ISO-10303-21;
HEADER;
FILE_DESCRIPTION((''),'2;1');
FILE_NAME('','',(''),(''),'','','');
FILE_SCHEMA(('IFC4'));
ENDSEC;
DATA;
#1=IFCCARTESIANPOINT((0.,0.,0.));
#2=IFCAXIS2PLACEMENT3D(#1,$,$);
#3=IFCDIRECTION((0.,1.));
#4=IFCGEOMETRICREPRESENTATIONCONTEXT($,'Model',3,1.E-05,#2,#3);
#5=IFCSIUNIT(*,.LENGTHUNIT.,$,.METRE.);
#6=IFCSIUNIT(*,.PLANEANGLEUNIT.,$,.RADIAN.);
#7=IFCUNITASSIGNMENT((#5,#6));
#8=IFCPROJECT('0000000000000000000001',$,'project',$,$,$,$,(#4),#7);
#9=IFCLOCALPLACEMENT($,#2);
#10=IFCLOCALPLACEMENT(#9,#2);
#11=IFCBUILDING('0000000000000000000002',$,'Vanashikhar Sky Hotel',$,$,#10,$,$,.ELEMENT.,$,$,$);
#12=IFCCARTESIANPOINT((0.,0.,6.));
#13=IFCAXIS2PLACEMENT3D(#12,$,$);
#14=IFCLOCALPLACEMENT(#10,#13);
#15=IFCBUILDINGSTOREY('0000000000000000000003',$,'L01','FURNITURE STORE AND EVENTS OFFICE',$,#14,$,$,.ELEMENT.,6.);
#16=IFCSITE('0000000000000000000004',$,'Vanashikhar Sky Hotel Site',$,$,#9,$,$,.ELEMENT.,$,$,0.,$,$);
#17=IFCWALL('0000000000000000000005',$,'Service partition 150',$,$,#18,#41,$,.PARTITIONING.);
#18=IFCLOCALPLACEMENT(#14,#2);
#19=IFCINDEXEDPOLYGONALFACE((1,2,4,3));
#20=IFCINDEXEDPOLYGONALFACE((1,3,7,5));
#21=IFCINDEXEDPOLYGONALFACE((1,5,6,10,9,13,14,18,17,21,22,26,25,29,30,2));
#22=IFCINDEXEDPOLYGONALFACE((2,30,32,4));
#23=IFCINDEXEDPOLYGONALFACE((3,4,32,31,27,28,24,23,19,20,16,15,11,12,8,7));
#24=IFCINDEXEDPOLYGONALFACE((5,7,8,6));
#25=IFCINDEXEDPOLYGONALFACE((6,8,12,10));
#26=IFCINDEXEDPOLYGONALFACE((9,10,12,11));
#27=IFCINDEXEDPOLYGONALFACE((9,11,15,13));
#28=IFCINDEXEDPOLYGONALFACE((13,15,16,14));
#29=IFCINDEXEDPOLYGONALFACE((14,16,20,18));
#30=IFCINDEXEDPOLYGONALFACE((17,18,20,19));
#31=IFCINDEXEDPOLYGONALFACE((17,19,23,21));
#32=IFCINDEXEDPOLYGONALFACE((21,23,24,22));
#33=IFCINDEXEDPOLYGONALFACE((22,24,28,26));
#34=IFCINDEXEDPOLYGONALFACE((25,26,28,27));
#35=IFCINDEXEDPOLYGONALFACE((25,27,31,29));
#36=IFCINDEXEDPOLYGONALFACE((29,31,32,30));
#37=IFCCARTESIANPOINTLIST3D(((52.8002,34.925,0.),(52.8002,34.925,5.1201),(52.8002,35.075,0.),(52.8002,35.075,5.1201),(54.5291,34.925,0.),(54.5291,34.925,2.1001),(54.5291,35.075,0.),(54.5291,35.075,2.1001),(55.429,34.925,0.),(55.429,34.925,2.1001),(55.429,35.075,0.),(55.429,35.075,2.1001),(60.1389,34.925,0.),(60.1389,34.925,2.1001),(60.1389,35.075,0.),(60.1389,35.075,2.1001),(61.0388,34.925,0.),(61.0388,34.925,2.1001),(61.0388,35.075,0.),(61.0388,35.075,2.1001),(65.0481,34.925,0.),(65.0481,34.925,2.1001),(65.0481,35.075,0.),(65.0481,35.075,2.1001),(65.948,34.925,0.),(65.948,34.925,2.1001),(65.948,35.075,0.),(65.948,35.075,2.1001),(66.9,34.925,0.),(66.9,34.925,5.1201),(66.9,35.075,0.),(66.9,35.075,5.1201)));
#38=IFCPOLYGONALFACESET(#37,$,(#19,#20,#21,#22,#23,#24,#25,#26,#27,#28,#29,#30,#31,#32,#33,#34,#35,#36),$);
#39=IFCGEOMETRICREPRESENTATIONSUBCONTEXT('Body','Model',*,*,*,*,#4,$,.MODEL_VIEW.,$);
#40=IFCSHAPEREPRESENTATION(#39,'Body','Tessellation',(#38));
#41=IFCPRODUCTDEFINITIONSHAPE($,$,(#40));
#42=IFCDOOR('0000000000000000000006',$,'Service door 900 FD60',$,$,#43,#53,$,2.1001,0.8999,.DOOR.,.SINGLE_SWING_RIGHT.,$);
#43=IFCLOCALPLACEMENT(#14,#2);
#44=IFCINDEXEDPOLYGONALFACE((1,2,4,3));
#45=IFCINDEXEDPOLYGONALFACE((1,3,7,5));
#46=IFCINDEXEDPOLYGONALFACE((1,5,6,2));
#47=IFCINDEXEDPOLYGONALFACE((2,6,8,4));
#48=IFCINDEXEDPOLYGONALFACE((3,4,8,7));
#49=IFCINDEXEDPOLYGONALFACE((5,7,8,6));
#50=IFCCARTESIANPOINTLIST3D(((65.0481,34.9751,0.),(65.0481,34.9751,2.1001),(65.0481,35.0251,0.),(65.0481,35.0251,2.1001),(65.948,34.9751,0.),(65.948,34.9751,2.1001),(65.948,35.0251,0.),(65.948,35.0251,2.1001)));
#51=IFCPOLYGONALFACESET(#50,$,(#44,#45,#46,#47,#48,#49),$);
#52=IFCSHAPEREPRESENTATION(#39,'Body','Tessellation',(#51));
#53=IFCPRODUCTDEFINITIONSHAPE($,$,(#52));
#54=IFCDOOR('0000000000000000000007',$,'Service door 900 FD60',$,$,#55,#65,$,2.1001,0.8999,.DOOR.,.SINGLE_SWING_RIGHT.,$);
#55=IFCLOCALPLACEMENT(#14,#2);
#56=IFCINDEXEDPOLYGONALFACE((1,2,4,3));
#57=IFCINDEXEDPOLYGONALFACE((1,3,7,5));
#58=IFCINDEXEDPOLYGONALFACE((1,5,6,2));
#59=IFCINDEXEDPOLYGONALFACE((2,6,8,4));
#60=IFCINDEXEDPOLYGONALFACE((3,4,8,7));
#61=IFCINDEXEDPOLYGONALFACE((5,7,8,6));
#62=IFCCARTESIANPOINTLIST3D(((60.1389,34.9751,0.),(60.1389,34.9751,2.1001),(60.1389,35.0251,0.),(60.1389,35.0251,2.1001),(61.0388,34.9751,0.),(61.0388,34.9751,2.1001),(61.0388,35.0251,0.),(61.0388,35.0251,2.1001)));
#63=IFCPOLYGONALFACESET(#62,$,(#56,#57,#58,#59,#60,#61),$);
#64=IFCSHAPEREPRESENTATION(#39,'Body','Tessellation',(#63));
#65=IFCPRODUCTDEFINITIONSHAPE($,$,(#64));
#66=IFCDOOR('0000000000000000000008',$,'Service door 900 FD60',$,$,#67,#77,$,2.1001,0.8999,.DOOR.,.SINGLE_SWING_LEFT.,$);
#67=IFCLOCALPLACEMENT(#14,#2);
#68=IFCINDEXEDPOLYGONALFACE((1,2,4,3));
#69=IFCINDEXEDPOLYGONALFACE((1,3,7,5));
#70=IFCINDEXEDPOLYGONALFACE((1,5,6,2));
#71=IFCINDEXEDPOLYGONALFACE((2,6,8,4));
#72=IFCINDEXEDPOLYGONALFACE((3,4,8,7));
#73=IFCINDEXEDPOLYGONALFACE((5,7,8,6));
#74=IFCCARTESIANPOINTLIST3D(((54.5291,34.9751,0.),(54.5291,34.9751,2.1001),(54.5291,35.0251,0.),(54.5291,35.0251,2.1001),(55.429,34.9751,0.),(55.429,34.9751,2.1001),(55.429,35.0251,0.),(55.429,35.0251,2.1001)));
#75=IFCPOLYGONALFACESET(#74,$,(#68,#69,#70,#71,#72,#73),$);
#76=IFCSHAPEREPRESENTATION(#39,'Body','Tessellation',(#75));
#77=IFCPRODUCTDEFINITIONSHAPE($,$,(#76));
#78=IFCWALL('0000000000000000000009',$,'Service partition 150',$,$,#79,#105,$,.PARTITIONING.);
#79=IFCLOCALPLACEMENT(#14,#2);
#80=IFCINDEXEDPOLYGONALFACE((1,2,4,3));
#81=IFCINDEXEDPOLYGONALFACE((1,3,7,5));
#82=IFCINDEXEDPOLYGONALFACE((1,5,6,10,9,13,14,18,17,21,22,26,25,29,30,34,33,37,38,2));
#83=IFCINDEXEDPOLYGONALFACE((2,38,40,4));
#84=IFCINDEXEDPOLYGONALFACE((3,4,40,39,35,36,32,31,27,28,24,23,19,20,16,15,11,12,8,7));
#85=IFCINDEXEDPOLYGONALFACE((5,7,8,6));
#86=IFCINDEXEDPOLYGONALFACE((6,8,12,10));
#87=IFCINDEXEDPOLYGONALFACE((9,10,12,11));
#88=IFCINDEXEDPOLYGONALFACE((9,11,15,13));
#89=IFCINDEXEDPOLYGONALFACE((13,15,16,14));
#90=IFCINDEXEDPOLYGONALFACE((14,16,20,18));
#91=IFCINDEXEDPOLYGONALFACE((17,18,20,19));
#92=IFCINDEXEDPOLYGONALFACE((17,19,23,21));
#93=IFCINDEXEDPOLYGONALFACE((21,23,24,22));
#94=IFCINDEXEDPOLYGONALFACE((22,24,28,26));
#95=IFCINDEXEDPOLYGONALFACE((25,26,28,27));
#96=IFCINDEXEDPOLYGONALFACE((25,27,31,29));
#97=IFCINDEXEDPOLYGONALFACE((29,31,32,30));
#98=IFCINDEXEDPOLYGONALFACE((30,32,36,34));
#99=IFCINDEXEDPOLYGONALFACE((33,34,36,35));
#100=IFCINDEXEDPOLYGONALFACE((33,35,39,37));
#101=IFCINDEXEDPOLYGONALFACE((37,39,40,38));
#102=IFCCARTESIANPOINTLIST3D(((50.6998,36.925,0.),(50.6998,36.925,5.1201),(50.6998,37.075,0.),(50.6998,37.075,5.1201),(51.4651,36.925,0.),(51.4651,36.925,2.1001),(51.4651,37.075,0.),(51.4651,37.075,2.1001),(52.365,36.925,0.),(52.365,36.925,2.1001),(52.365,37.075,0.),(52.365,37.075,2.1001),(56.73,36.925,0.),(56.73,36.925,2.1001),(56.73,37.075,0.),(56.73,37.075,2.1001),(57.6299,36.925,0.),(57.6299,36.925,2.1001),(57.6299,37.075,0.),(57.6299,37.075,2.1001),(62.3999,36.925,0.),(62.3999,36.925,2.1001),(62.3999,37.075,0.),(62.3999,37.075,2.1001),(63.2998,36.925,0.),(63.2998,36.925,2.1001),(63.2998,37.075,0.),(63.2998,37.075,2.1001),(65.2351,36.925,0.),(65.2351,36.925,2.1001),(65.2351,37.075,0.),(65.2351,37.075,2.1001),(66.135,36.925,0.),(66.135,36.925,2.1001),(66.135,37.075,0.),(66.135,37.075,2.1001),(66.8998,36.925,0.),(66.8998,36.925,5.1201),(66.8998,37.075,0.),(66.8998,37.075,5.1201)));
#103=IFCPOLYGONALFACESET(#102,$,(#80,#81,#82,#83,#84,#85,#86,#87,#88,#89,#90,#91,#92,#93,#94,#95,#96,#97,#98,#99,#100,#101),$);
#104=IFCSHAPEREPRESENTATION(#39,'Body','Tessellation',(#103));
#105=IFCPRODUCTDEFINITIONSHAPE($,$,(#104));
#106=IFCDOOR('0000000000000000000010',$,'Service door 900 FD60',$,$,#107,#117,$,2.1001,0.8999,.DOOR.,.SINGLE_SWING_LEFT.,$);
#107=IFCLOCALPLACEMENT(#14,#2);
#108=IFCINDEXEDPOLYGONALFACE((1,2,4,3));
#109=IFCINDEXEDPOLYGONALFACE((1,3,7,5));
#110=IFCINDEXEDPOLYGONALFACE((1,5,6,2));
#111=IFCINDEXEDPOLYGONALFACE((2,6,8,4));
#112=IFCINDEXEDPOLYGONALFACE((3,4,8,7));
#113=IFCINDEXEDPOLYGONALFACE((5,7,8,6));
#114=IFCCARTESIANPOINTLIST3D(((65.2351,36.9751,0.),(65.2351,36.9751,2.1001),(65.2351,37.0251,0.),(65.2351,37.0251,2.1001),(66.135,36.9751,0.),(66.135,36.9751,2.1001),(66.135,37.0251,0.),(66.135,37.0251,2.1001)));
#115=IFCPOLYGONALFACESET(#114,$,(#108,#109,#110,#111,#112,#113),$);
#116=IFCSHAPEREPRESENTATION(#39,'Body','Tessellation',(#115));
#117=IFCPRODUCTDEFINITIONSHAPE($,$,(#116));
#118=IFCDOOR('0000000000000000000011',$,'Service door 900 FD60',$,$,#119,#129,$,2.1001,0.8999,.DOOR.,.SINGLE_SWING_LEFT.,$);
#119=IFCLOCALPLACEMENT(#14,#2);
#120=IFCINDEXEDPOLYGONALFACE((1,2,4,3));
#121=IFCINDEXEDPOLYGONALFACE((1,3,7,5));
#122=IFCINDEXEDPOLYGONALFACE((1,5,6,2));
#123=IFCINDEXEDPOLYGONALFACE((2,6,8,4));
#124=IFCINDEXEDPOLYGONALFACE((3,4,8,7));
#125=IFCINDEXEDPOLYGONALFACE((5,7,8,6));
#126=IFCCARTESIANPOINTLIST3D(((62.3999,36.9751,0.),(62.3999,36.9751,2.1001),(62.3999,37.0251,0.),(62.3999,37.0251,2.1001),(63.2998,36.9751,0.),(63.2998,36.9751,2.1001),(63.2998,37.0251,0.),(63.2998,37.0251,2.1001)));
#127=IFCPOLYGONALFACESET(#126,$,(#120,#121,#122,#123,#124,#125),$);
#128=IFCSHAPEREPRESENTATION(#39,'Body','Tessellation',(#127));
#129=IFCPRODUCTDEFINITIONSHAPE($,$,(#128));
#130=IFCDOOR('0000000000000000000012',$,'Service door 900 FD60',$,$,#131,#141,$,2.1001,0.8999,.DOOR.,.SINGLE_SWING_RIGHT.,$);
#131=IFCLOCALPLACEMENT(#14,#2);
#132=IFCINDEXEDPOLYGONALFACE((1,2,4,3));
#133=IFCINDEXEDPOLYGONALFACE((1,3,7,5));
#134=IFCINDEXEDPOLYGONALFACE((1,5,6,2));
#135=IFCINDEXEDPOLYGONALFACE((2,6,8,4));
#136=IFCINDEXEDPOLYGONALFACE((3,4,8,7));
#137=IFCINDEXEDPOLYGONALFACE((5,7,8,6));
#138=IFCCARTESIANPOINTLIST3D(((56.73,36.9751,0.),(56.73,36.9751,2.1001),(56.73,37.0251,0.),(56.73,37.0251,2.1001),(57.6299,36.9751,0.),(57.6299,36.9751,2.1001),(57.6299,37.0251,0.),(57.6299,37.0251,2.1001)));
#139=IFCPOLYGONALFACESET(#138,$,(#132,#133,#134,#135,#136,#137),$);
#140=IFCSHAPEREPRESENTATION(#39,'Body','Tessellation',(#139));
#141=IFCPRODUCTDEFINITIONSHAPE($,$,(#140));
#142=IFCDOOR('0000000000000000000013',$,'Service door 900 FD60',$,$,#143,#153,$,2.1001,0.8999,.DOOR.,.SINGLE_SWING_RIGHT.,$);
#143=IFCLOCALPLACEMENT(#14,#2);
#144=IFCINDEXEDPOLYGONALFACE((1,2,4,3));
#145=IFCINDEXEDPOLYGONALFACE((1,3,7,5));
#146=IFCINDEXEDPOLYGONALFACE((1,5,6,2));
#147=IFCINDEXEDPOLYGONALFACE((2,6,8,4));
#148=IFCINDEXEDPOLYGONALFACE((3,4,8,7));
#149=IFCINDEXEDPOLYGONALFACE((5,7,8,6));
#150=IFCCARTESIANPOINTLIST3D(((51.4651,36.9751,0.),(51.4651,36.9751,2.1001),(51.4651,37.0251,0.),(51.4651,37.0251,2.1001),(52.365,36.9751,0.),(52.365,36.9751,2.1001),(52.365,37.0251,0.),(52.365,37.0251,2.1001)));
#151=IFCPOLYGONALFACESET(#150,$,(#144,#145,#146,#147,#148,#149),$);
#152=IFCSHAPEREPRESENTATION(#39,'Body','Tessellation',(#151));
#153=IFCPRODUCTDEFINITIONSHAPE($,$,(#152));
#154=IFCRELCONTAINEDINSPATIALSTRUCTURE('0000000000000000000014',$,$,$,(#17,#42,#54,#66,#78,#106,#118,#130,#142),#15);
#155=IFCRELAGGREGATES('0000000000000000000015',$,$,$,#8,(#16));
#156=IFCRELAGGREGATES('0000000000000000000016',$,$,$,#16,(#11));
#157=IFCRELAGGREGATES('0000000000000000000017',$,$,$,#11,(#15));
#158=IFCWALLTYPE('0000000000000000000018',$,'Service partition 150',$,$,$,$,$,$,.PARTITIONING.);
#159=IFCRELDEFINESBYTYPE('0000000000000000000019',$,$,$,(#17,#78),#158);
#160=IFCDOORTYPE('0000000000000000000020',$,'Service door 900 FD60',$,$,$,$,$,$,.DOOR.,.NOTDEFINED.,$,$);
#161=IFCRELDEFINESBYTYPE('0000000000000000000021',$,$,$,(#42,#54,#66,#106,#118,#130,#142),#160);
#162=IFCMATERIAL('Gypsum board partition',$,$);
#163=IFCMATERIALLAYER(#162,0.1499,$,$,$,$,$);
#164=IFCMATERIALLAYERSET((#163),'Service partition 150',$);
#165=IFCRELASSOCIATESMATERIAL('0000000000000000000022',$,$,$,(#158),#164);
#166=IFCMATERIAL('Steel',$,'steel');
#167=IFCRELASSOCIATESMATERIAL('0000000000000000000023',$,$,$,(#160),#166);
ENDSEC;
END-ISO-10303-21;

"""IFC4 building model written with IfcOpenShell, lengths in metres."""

from ifc_helpers import new_model, si_unit, direction, frame, frame_2d, origin, place, context, subcontext, project, spatial, rectangle, extrude, source, transform, mapped, material, layer, layer_set, type_object, element, fill, save


model = new_model("IFC4")

# Units and contexts
model_context = context("Model", 3, precision=1e-05, world=origin(), true_north=direction((0.0, 1.0)))
body_context = subcontext(model_context, "Body", "Model", "MODEL_VIEW")
ifc_project = project(units=[si_unit("LENGTHUNIT", "METRE"), si_unit("PLANEANGLEUNIT", "RADIAN")], contexts=[model_context])

# Site, building, storey
site_placement = place(None, origin())
site = spatial("IfcSite", under=ifc_project, at=site_placement, Name="Vanashikhar Sky Hotel Site", CompositionType="ELEMENT", RefElevation=0.0)
building_placement = place(site_placement, origin())
building = spatial("IfcBuilding", under=site, at=building_placement, Name="Vanashikhar Sky Hotel", CompositionType="ELEMENT")
storey_placement = place(building_placement, frame((0.0, 0.0, 6.0)))
storey = spatial("IfcBuildingStorey", under=building, at=storey_placement, Name="L01", Description="FURNITURE STORE AND EVENTS OFFICE", CompositionType="ELEMENT", Elevation=6.0)

# Shared definitions
ifc_material_1 = material(Name="Steel", Category="steel")

# Shared definitions
ifc_material_2 = material(Name="Gypsum board partition")
ifc_layer_1 = layer(ifc_material_2, 0.1499)
ifc_layer_set_1 = layer_set([ifc_layer_1], Name="Service partition 150")
wall_type_1 = type_object("IfcWallType", Name="Service partition 150", PredefinedType="PARTITIONING", material=ifc_layer_set_1)

# Walls, openings, doors
shared_shape_1 = source(origin(), body_context, "Body", "SweptSolid", [
    extrude(rectangle(XDim=14.0999, YDim=0.1499, at=frame_2d((7.0498, 0.0))), origin(), (0.0, 0.0, 1.0), 5.1201),
])
wall_1_placement = place(storey_placement, frame((66.8999, 35.0, 0.0), z_axis=(0.0, 0.0, 1.0), x_axis=(-1.0, 0.0, 0.0)))
wall_1 = element("IfcWall", 1, at=wall_1_placement, inside=storey, type_object=wall_type_1, Name="Service partition 150", PredefinedType="PARTITIONING", context=body_context, shape_type="MappedRepresentation", body=[
    mapped(shared_shape_1, transform((0.0, 0.0, 0.0), scale=1.0)),
])
shared_shape_2 = source(origin(), body_context, "Body", "SweptSolid", [
    extrude(rectangle(XDim=0.8999, YDim=2.1001, at=frame_2d((0.45, 1.05))), frame((0.0, 0.085, 0.0), z_axis=(0.0, -1.0, 0.0), x_axis=(1.0, 0.0, 0.0)), (0.0, 0.0, 1.0), 0.1699),
])
opening_1_placement = place(wall_1_placement, frame((0.9519, 0.0, 0.0)))
opening_1 = element("IfcOpeningElement", 2, at=opening_1_placement, cuts=wall_1, PredefinedType="OPENING", context=body_context, shape_type="MappedRepresentation", body=[
    mapped(shared_shape_2, transform((0.0, 0.0, 0.0), scale=1.0)),
])
opening_2_placement = place(wall_1_placement, frame((5.8611, 0.0, 0.0)))
opening_2 = element("IfcOpeningElement", 3, at=opening_2_placement, cuts=wall_1, PredefinedType="OPENING", context=body_context, shape_type="MappedRepresentation", body=[
    mapped(shared_shape_2, transform((0.0, 0.0, 0.0), scale=1.0)),
])
opening_3_placement = place(wall_1_placement, frame((11.4709, 0.0, 0.0)))
opening_3 = element("IfcOpeningElement", 4, at=opening_3_placement, cuts=wall_1, PredefinedType="OPENING", context=body_context, shape_type="MappedRepresentation", body=[
    mapped(shared_shape_2, transform((0.0, 0.0, 0.0), scale=1.0)),
])
door_type_1 = type_object("IfcDoorType", Name="Service door 900 FD60", OperationType="NOTDEFINED", PredefinedType="DOOR", material=ifc_material_1)
shared_shape_3 = source(origin(), body_context, "Body", "SweptSolid", [
    extrude(rectangle(XDim=0.8999, YDim=2.1001, at=frame_2d((0.45, 1.05))), frame((0.0, 0.0249, 0.0), z_axis=(0.0, -1.0, 0.0), x_axis=(1.0, 0.0, 0.0)), (0.0, 0.0, 1.0), 0.05),
])
door_1_placement = place(opening_1_placement, origin())
door_1 = element("IfcDoor", 5, at=door_1_placement, inside=storey, type_object=door_type_1, Name="Service door 900 FD60", OperationType="SINGLE_SWING_RIGHT", OverallHeight=2.1001, OverallWidth=0.8999, PredefinedType="DOOR", context=body_context, shape_type="MappedRepresentation", body=[
    mapped(shared_shape_3, transform((0.0, 0.0, 0.0), scale=1.0)),
])
fill(opening_1, door_1)
door_2_placement = place(opening_2_placement, origin())
door_2 = element("IfcDoor", 6, at=door_2_placement, inside=storey, type_object=door_type_1, Name="Service door 900 FD60", OperationType="SINGLE_SWING_RIGHT", OverallHeight=2.1001, OverallWidth=0.8999, PredefinedType="DOOR", context=body_context, shape_type="MappedRepresentation", body=[
    mapped(shared_shape_3, transform((0.0, 0.0, 0.0), scale=1.0)),
])
fill(opening_2, door_2)
door_3_placement = place(opening_3_placement, origin())
door_3 = element("IfcDoor", 7, at=door_3_placement, inside=storey, type_object=door_type_1, Name="Service door 900 FD60", OperationType="SINGLE_SWING_LEFT", OverallHeight=2.1001, OverallWidth=0.8999, PredefinedType="DOOR", context=body_context, shape_type="MappedRepresentation", body=[
    mapped(shared_shape_3, transform((0.0, 0.0, 0.0), scale=1.0)),
])
fill(opening_3, door_3)
shared_shape_4 = source(origin(), body_context, "Body", "SweptSolid", [
    extrude(rectangle(XDim=16.2, YDim=0.1499, at=frame_2d((8.1001, 0.0))), origin(), (0.0, 0.0, 1.0), 5.1201),
])
wall_2_placement = place(storey_placement, frame((66.8999, 37.0, 0.0), z_axis=(0.0, 0.0, 1.0), x_axis=(-1.0, 0.0, 0.0)))
wall_2 = element("IfcWall", 8, at=wall_2_placement, inside=storey, type_object=wall_type_1, Name="Service partition 150", PredefinedType="PARTITIONING", context=body_context, shape_type="MappedRepresentation", body=[
    mapped(shared_shape_4, transform((0.0, 0.0, 0.0), scale=1.0)),
])
opening_4_placement = place(wall_2_placement, frame((0.7649, 0.0, 0.0)))
opening_4 = element("IfcOpeningElement", 9, at=opening_4_placement, cuts=wall_2, PredefinedType="OPENING", context=body_context, shape_type="MappedRepresentation", body=[
    mapped(shared_shape_2, transform((0.0, 0.0, 0.0), scale=1.0)),
])
opening_5_placement = place(wall_2_placement, frame((3.6001, 0.0, 0.0)))
opening_5 = element("IfcOpeningElement", 10, at=opening_5_placement, cuts=wall_2, PredefinedType="OPENING", context=body_context, shape_type="MappedRepresentation", body=[
    mapped(shared_shape_2, transform((0.0, 0.0, 0.0), scale=1.0)),
])
opening_6_placement = place(wall_2_placement, frame((9.27, 0.0, 0.0)))
opening_6 = element("IfcOpeningElement", 11, at=opening_6_placement, cuts=wall_2, PredefinedType="OPENING", context=body_context, shape_type="MappedRepresentation", body=[
    mapped(shared_shape_2, transform((0.0, 0.0, 0.0), scale=1.0)),
])
opening_7_placement = place(wall_2_placement, frame((14.5349, 0.0, 0.0)))
opening_7 = element("IfcOpeningElement", 12, at=opening_7_placement, cuts=wall_2, PredefinedType="OPENING", context=body_context, shape_type="MappedRepresentation", body=[
    mapped(shared_shape_2, transform((0.0, 0.0, 0.0), scale=1.0)),
])
door_4_placement = place(opening_4_placement, origin())
door_4 = element("IfcDoor", 13, at=door_4_placement, inside=storey, type_object=door_type_1, Name="Service door 900 FD60", OperationType="SINGLE_SWING_LEFT", OverallHeight=2.1001, OverallWidth=0.8999, PredefinedType="DOOR", context=body_context, shape_type="MappedRepresentation", body=[
    mapped(shared_shape_3, transform((0.0, 0.0, 0.0), scale=1.0)),
])
fill(opening_4, door_4)
door_5_placement = place(opening_5_placement, origin())
door_5 = element("IfcDoor", 14, at=door_5_placement, inside=storey, type_object=door_type_1, Name="Service door 900 FD60", OperationType="SINGLE_SWING_LEFT", OverallHeight=2.1001, OverallWidth=0.8999, PredefinedType="DOOR", context=body_context, shape_type="MappedRepresentation", body=[
    mapped(shared_shape_3, transform((0.0, 0.0, 0.0), scale=1.0)),
])
fill(opening_5, door_5)
door_6_placement = place(opening_6_placement, origin())
door_6 = element("IfcDoor", 15, at=door_6_placement, inside=storey, type_object=door_type_1, Name="Service door 900 FD60", OperationType="SINGLE_SWING_RIGHT", OverallHeight=2.1001, OverallWidth=0.8999, PredefinedType="DOOR", context=body_context, shape_type="MappedRepresentation", body=[
    mapped(shared_shape_3, transform((0.0, 0.0, 0.0), scale=1.0)),
])
fill(opening_6, door_6)
door_7_placement = place(opening_7_placement, origin())
door_7 = element("IfcDoor", 16, at=door_7_placement, inside=storey, type_object=door_type_1, Name="Service door 900 FD60", OperationType="SINGLE_SWING_RIGHT", OverallHeight=2.1001, OverallWidth=0.8999, PredefinedType="DOOR", context=body_context, shape_type="MappedRepresentation", body=[
    mapped(shared_shape_3, transform((0.0, 0.0, 0.0), scale=1.0)),
])
fill(opening_7, door_7)

save(model, "model.ifc")
